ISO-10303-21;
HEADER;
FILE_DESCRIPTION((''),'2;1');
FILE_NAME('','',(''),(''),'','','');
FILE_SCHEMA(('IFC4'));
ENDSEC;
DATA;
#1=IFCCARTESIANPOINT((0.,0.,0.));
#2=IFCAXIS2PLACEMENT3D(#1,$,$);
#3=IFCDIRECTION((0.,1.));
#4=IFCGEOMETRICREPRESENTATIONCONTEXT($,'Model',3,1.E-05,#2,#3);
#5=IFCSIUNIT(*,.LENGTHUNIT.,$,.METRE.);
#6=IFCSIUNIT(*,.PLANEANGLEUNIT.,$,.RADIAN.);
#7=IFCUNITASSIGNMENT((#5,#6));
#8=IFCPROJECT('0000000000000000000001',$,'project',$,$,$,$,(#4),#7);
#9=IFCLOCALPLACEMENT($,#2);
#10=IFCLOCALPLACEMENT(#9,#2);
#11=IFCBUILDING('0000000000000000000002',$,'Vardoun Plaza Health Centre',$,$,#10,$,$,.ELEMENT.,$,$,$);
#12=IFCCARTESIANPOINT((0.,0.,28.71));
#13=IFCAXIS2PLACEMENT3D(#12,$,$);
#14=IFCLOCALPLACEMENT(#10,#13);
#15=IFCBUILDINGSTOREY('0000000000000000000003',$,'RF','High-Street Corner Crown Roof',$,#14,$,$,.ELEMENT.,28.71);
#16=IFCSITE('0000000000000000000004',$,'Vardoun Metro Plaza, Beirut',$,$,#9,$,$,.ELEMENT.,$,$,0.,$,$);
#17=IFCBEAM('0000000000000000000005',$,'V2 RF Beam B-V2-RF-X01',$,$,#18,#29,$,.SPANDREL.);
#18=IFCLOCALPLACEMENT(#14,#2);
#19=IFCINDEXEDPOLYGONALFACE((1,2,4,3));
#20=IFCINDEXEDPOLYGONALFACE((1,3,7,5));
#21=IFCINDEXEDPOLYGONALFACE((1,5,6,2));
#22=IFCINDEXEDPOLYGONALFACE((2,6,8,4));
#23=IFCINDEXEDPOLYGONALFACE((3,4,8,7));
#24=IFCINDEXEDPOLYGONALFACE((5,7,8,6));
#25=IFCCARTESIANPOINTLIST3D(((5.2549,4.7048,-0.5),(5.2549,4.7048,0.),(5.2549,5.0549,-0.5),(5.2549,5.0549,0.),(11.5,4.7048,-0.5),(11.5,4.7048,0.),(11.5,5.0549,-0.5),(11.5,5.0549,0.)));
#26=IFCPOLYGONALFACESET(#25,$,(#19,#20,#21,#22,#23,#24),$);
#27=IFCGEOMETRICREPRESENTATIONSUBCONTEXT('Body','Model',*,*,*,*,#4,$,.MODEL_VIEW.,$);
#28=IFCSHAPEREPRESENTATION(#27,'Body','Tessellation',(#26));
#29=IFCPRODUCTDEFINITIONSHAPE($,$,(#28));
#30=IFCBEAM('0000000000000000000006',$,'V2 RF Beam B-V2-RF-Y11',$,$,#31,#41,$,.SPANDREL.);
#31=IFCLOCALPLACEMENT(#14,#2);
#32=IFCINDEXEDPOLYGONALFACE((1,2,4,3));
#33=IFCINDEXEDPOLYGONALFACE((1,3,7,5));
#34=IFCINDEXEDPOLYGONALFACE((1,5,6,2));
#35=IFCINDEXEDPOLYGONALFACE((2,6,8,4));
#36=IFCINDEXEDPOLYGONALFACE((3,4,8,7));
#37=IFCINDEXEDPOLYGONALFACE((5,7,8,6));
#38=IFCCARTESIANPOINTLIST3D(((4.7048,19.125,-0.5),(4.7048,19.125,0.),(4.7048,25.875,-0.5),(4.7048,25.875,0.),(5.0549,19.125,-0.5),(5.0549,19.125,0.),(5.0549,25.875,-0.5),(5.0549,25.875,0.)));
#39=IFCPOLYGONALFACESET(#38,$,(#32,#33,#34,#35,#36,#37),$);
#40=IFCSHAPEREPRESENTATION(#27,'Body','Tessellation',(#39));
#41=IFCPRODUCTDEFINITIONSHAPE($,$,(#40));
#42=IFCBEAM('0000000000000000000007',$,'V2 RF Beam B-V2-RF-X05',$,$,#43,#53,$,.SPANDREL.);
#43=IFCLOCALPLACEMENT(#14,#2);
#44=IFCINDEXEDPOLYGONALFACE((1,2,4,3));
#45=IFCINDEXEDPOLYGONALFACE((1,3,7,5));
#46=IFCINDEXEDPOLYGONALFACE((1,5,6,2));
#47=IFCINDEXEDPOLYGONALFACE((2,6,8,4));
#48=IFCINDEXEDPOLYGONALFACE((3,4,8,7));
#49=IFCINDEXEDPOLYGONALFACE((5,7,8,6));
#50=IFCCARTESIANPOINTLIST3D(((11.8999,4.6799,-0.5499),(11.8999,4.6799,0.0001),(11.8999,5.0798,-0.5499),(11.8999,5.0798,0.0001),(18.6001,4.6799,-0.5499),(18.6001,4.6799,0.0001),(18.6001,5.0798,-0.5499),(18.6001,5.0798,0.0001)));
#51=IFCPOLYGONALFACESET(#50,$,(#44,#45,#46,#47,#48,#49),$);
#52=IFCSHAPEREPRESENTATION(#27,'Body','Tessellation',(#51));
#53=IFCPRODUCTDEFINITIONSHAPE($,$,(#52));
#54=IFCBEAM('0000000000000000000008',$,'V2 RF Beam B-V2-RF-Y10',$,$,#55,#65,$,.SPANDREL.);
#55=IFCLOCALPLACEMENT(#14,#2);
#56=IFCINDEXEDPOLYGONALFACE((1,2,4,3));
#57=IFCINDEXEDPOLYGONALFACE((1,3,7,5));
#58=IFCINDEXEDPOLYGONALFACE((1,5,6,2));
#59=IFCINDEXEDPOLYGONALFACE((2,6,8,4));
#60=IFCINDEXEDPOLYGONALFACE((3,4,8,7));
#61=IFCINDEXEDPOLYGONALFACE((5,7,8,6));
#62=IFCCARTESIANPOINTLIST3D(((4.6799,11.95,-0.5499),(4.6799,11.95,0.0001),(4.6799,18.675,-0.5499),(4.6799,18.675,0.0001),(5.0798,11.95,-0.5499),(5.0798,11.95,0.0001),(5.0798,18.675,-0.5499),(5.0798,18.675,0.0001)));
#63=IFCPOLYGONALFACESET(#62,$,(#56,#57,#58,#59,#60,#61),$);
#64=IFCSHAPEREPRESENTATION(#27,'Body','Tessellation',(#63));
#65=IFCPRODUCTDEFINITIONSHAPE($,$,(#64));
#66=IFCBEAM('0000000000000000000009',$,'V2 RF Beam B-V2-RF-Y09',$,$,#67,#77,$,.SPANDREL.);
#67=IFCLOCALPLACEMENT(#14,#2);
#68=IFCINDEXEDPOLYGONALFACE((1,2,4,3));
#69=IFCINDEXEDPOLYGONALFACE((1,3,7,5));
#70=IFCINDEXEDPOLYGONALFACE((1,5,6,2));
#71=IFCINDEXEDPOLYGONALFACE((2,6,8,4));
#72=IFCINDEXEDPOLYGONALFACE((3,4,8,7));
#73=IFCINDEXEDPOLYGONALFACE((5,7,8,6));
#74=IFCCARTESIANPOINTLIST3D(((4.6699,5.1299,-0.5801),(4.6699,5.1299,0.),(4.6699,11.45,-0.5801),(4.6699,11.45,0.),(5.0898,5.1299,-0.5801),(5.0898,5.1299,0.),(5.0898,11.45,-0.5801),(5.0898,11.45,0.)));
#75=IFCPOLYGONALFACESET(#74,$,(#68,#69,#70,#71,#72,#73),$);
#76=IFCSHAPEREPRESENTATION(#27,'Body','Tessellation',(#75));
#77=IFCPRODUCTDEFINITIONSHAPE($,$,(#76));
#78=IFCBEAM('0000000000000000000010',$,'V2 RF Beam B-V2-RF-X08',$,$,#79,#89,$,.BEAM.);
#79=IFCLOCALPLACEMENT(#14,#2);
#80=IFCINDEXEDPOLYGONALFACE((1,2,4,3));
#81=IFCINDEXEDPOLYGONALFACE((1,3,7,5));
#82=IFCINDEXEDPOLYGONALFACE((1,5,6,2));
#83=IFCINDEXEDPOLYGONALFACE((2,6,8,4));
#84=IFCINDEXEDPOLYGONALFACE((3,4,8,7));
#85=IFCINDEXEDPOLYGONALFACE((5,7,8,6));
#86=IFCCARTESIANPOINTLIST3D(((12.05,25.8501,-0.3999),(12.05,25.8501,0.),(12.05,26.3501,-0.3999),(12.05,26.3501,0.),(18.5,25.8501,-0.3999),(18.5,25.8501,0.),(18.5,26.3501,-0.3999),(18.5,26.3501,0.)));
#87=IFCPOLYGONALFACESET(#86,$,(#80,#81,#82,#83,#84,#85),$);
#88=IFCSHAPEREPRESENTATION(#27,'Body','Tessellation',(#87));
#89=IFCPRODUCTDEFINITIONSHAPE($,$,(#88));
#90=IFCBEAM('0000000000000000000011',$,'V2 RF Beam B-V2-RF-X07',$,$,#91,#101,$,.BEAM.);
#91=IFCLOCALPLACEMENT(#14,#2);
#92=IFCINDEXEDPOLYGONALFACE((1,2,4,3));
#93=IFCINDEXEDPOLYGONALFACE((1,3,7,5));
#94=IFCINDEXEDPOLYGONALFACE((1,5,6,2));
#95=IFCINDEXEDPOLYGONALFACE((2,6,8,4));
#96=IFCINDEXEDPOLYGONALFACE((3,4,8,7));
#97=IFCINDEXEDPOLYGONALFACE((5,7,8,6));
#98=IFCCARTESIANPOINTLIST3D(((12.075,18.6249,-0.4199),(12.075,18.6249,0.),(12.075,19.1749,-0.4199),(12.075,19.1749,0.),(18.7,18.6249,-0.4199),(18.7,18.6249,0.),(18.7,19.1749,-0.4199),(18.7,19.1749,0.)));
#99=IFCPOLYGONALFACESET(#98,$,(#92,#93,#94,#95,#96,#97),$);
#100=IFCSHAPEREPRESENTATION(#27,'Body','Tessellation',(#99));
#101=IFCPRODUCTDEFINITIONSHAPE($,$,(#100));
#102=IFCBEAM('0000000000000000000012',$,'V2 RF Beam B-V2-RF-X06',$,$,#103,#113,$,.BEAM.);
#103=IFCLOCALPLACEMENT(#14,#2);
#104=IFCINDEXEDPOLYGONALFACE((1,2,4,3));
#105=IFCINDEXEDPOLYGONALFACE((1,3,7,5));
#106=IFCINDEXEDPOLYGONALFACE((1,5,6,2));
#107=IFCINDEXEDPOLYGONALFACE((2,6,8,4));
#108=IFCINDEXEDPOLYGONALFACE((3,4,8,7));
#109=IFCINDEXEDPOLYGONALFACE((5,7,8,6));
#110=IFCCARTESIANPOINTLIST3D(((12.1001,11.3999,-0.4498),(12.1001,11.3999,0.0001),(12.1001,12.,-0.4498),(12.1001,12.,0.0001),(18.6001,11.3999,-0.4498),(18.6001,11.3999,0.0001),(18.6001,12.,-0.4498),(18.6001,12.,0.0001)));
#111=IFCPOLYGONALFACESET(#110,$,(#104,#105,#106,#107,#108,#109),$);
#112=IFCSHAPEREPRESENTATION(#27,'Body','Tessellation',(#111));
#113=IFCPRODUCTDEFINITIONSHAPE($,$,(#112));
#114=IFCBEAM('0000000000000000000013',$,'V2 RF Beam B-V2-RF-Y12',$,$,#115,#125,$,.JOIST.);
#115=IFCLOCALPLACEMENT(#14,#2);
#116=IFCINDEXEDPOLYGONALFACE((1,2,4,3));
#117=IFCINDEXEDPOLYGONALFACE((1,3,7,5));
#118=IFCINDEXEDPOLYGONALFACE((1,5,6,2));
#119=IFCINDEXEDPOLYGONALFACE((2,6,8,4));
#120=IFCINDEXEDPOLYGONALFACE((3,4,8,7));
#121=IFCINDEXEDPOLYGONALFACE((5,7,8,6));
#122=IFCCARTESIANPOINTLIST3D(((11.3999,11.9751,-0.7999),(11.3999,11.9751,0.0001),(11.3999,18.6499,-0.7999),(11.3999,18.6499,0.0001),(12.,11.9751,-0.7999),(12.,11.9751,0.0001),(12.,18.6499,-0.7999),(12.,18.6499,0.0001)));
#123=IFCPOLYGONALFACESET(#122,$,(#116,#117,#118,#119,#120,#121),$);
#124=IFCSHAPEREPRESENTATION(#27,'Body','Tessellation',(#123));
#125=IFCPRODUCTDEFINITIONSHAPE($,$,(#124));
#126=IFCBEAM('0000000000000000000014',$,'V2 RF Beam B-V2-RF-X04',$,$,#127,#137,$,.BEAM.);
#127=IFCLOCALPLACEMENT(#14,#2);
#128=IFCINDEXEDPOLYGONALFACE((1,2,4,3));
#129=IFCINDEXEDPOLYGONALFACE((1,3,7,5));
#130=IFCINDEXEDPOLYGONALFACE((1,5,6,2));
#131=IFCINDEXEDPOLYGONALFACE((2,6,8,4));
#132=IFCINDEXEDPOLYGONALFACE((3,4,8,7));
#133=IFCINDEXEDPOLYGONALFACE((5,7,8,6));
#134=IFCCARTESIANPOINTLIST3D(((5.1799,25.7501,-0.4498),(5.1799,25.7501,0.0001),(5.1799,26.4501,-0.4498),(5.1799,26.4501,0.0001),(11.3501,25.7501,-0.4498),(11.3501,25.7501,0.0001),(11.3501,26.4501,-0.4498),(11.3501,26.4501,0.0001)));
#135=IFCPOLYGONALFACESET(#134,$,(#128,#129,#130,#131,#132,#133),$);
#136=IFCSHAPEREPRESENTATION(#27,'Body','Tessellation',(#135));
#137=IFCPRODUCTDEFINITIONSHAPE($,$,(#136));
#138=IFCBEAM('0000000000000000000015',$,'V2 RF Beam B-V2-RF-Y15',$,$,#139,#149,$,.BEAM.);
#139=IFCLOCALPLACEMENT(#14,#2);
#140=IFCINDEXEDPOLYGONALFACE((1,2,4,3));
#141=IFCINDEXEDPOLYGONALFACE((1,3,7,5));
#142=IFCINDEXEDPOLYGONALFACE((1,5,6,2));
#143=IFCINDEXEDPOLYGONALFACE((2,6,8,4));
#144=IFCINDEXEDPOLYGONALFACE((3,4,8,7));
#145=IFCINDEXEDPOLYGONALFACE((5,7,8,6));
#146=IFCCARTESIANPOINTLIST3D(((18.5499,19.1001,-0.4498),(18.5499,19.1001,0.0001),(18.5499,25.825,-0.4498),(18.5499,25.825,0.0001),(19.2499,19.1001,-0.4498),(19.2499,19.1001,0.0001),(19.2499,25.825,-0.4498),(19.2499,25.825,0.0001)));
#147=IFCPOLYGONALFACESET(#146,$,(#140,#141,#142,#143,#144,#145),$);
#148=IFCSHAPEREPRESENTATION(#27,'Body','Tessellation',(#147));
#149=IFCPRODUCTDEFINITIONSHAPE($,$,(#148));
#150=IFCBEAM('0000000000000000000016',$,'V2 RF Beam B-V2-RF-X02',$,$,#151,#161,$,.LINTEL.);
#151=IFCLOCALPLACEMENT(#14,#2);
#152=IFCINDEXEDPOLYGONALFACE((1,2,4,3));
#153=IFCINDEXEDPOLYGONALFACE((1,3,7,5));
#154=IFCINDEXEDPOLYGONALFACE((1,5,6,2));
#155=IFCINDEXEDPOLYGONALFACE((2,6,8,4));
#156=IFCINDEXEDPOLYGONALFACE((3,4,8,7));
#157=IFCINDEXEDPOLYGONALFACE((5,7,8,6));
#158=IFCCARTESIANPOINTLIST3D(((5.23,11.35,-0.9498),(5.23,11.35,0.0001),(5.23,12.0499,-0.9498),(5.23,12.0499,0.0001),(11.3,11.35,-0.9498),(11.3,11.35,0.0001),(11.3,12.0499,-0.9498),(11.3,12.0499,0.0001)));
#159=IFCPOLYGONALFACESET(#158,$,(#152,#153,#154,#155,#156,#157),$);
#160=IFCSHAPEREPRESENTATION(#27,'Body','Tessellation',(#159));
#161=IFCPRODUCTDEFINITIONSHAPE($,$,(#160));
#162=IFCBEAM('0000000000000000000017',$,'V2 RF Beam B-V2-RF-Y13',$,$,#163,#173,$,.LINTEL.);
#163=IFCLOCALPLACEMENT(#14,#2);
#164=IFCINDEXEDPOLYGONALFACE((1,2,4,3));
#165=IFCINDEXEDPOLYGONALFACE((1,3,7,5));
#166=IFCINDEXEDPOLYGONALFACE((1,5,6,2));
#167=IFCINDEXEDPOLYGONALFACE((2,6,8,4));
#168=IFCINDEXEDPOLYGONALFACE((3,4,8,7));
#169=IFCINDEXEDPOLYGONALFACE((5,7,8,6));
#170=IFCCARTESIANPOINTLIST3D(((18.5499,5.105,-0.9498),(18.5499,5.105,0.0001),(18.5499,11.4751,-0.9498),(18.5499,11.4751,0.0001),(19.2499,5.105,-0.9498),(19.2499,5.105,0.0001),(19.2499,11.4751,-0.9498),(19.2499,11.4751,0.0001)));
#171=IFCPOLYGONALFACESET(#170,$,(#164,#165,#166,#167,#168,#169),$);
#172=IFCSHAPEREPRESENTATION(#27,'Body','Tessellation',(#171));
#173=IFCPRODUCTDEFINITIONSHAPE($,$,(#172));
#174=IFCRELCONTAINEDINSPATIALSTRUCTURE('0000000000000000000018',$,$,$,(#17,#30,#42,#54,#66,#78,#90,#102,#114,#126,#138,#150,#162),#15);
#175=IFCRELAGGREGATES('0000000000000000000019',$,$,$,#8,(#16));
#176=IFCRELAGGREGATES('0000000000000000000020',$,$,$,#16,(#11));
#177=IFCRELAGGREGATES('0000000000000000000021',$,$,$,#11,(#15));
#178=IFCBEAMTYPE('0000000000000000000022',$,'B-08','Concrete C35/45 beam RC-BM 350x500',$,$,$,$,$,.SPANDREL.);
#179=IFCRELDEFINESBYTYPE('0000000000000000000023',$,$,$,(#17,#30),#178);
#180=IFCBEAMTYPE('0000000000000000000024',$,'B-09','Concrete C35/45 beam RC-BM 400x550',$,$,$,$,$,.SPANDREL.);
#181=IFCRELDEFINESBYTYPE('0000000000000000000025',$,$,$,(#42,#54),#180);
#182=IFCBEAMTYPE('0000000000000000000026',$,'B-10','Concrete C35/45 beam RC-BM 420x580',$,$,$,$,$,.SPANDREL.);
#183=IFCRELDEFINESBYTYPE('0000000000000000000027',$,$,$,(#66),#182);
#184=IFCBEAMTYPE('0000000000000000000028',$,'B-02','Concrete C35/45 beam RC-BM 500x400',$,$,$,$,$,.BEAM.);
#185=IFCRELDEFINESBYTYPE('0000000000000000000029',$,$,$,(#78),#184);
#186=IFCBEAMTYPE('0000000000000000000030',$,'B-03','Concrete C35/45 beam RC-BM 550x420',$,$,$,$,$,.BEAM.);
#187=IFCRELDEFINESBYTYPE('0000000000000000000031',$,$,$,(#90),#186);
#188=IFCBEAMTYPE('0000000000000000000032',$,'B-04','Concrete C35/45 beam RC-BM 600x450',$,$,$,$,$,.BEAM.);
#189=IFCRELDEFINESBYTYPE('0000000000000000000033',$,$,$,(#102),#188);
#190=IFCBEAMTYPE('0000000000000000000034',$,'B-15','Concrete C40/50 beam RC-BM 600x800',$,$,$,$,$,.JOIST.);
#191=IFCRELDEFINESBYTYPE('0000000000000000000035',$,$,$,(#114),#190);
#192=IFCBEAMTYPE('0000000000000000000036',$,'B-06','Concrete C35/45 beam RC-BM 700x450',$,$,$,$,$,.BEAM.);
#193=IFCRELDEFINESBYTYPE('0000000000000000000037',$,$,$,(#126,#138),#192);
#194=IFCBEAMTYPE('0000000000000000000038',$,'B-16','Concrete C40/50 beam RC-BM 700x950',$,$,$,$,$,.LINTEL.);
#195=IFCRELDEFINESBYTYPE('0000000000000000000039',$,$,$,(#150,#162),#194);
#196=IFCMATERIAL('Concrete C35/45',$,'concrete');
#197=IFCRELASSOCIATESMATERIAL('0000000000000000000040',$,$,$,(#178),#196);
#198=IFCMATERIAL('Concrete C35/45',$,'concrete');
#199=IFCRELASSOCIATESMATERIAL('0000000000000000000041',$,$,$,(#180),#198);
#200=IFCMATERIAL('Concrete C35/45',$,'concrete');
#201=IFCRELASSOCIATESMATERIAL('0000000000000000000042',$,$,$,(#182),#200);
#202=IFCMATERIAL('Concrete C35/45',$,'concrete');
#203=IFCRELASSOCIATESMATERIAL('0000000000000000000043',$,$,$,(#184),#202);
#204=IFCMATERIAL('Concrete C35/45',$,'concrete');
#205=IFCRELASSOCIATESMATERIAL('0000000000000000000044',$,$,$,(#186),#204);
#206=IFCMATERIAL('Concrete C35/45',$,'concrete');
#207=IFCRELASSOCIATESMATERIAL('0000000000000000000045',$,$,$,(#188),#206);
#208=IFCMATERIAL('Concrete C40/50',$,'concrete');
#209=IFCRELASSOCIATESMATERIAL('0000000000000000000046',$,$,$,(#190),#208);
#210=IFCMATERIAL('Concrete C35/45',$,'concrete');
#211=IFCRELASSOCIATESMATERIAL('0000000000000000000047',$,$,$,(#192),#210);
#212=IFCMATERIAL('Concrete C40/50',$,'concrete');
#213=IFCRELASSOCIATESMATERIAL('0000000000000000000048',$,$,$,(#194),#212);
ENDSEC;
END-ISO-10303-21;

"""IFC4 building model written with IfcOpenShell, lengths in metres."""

from ifc_helpers import new_model, si_unit, direction, frame, origin, origin_2d, place, context, subcontext, project, spatial, rectangle, extrude, material, material_profile, profile_set, type_object, element, save


model = new_model("IFC4")

# Units and contexts
model_context = context("Model", 3, precision=1e-05, world=origin(), true_north=direction((0.0, 1.0)))
body_context = subcontext(model_context, "Body", "Model", "MODEL_VIEW")
ifc_project = project(units=[si_unit("LENGTHUNIT", "METRE"), si_unit("PLANEANGLEUNIT", "RADIAN")], contexts=[model_context])

# Site, building, storey
site_placement = place(None, origin())
site = spatial("IfcSite", under=ifc_project, at=site_placement, Name="Vardoun Metro Plaza, Beirut", CompositionType="ELEMENT", RefElevation=0.0)
building_placement = place(site_placement, origin())
building = spatial("IfcBuilding", under=site, at=building_placement, Name="Vardoun Plaza Health Centre", CompositionType="ELEMENT")
storey_placement = place(building_placement, frame((0.0, 0.0, 28.71)))
storey = spatial("IfcBuildingStorey", under=building, at=storey_placement, Name="RF", Description="High-Street Corner Crown Roof", CompositionType="ELEMENT", Elevation=28.71)

# Beams
ifc_material_1 = material(Name="Concrete C35/45", Category="concrete")
ifc_material_profile_1 = material_profile(ifc_material_1, rectangle(XDim=0.3501, YDim=0.5, at=origin_2d()), Name="RC-BM 350x500")
ifc_profile_set_1 = profile_set([ifc_material_profile_1], Name="Concrete C35/45")
beam_type_1 = type_object("IfcBeamType", Name="B-08", Description="Concrete C35/45 beam RC-BM 350x500", PredefinedType="SPANDREL", material=ifc_profile_set_1)
beam_1_placement = place(storey_placement, frame((5.2549, 4.8799, -0.25), z_axis=(1.0, 0.0, 0.0), x_axis=(0.0, 1.0, 0.0)))
element("IfcBeam", 1, at=beam_1_placement, inside=storey, type_object=beam_type_1, Name="V2 RF Beam B-V2-RF-X01", PredefinedType="SPANDREL", context=body_context, shape_type="SweptSolid", body=[
    extrude(rectangle(XDim=0.3501, YDim=0.5, at=origin_2d()), origin(), (0.0, 0.0, 1.0), 6.2451),
])
beam_2_placement = place(storey_placement, frame((4.8799, 19.125, -0.25), z_axis=(0.0, 1.0, 0.0), x_axis=(-1.0, 0.0, 0.0)))
element("IfcBeam", 2, at=beam_2_placement, inside=storey, type_object=beam_type_1, Name="V2 RF Beam B-V2-RF-Y11", PredefinedType="SPANDREL", context=body_context, shape_type="SweptSolid", body=[
    extrude(rectangle(XDim=0.3501, YDim=0.5, at=origin_2d()), origin(), (0.0, 0.0, 1.0), 6.75),
])
ifc_material_2 = material(Name="Concrete C35/45", Category="concrete")
ifc_material_profile_2 = material_profile(ifc_material_2, rectangle(XDim=0.3999, YDim=0.55, at=origin_2d()), Name="RC-BM 400x550")
ifc_profile_set_2 = profile_set([ifc_material_profile_2], Name="Concrete C35/45")
beam_type_2 = type_object("IfcBeamType", Name="B-09", Description="Concrete C35/45 beam RC-BM 400x550", PredefinedType="SPANDREL", material=ifc_profile_set_2)
beam_3_placement = place(storey_placement, frame((11.8999, 4.8799, -0.2749), z_axis=(1.0, 0.0, 0.0), x_axis=(0.0, 1.0, 0.0)))
element("IfcBeam", 3, at=beam_3_placement, inside=storey, type_object=beam_type_2, Name="V2 RF Beam B-V2-RF-X05", PredefinedType="SPANDREL", context=body_context, shape_type="SweptSolid", body=[
    extrude(rectangle(XDim=0.3999, YDim=0.55, at=origin_2d()), origin(), (0.0, 0.0, 1.0), 6.7002),
])
beam_4_placement = place(storey_placement, frame((4.8799, 11.95, -0.2749), z_axis=(0.0, 1.0, 0.0), x_axis=(-1.0, 0.0, 0.0)))
element("IfcBeam", 4, at=beam_4_placement, inside=storey, type_object=beam_type_2, Name="V2 RF Beam B-V2-RF-Y10", PredefinedType="SPANDREL", context=body_context, shape_type="SweptSolid", body=[
    extrude(rectangle(XDim=0.3999, YDim=0.55, at=origin_2d()), origin(), (0.0, 0.0, 1.0), 6.7251),
])
ifc_material_3 = material(Name="Concrete C35/45", Category="concrete")
ifc_material_profile_3 = material_profile(ifc_material_3, rectangle(XDim=0.4199, YDim=0.5801, at=origin_2d()), Name="RC-BM 420x580")
ifc_profile_set_3 = profile_set([ifc_material_profile_3], Name="Concrete C35/45")
beam_type_3 = type_object("IfcBeamType", Name="B-10", Description="Concrete C35/45 beam RC-BM 420x580", PredefinedType="SPANDREL", material=ifc_profile_set_3)
beam_5_placement = place(storey_placement, frame((4.8799, 5.1299, -0.29), z_axis=(0.0, 1.0, 0.0), x_axis=(-1.0, 0.0, 0.0)))
element("IfcBeam", 5, at=beam_5_placement, inside=storey, type_object=beam_type_3, Name="V2 RF Beam B-V2-RF-Y09", PredefinedType="SPANDREL", context=body_context, shape_type="SweptSolid", body=[
    extrude(rectangle(XDim=0.4199, YDim=0.5801, at=origin_2d()), origin(), (0.0, 0.0, 1.0), 6.3201),
])
ifc_material_4 = material(Name="Concrete C35/45", Category="concrete")
ifc_material_profile_4 = material_profile(ifc_material_4, rectangle(XDim=0.5, YDim=0.3999, at=origin_2d()), Name="RC-BM 500x400")
ifc_profile_set_4 = profile_set([ifc_material_profile_4], Name="Concrete C35/45")
beam_type_4 = type_object("IfcBeamType", Name="B-02", Description="Concrete C35/45 beam RC-BM 500x400", PredefinedType="BEAM", material=ifc_profile_set_4)
beam_6_placement = place(storey_placement, frame((12.05, 26.1001, -0.2), z_axis=(1.0, 0.0, 0.0), x_axis=(0.0, 1.0, 0.0)))
element("IfcBeam", 6, at=beam_6_placement, inside=storey, type_object=beam_type_4, Name="V2 RF Beam B-V2-RF-X08", PredefinedType="BEAM", context=body_context, shape_type="SweptSolid", body=[
    extrude(rectangle(XDim=0.5, YDim=0.3999, at=origin_2d()), origin(), (0.0, 0.0, 1.0), 6.45),
])
ifc_material_5 = material(Name="Concrete C35/45", Category="concrete")
ifc_material_profile_5 = material_profile(ifc_material_5, rectangle(XDim=0.55, YDim=0.4199, at=origin_2d()), Name="RC-BM 550x420")
ifc_profile_set_5 = profile_set([ifc_material_profile_5], Name="Concrete C35/45")
beam_type_5 = type_object("IfcBeamType", Name="B-03", Description="Concrete C35/45 beam RC-BM 550x420", PredefinedType="BEAM", material=ifc_profile_set_5)
beam_7_placement = place(storey_placement, frame((12.075, 18.8999, -0.21), z_axis=(1.0, 0.0, 0.0), x_axis=(0.0, 1.0, 0.0)))
element("IfcBeam", 7, at=beam_7_placement, inside=storey, type_object=beam_type_5, Name="V2 RF Beam B-V2-RF-X07", PredefinedType="BEAM", context=body_context, shape_type="SweptSolid", body=[
    extrude(rectangle(XDim=0.55, YDim=0.4199, at=origin_2d()), origin(), (0.0, 0.0, 1.0), 6.625),
])
ifc_material_6 = material(Name="Concrete C35/45", Category="concrete")
ifc_material_profile_6 = material_profile(ifc_material_6, rectangle(XDim=0.6001, YDim=0.45, at=origin_2d()), Name="RC-BM 600x450")
ifc_profile_set_6 = profile_set([ifc_material_profile_6], Name="Concrete C35/45")
beam_type_6 = type_object("IfcBeamType", Name="B-04", Description="Concrete C35/45 beam RC-BM 600x450", PredefinedType="BEAM", material=ifc_profile_set_6)
beam_8_placement = place(storey_placement, frame((12.1001, 11.7, -0.2249), z_axis=(1.0, 0.0, 0.0), x_axis=(0.0, 1.0, 0.0)))
element("IfcBeam", 8, at=beam_8_placement, inside=storey, type_object=beam_type_6, Name="V2 RF Beam B-V2-RF-X06", PredefinedType="BEAM", context=body_context, shape_type="SweptSolid", body=[
    extrude(rectangle(XDim=0.6001, YDim=0.45, at=origin_2d()), origin(), (0.0, 0.0, 1.0), 6.5),
])
ifc_material_7 = material(Name="Concrete C40/50", Category="concrete")
ifc_material_profile_7 = material_profile(ifc_material_7, rectangle(XDim=0.6001, YDim=0.8, at=origin_2d()), Name="RC-BM 600x800")
ifc_profile_set_7 = profile_set([ifc_material_profile_7], Name="Concrete C40/50")
beam_type_7 = type_object("IfcBeamType", Name="B-15", Description="Concrete C40/50 beam RC-BM 600x800", PredefinedType="JOIST", material=ifc_profile_set_7)
beam_9_placement = place(storey_placement, frame((11.7, 11.9751, -0.3999), z_axis=(0.0, 1.0, 0.0), x_axis=(-1.0, 0.0, 0.0)))
element("IfcBeam", 9, at=beam_9_placement, inside=storey, type_object=beam_type_7, Name="V2 RF Beam B-V2-RF-Y12", PredefinedType="JOIST", context=body_context, shape_type="SweptSolid", body=[
    extrude(rectangle(XDim=0.6001, YDim=0.8, at=origin_2d()), origin(), (0.0, 0.0, 1.0), 6.6748),
])
ifc_material_8 = material(Name="Concrete C35/45", Category="concrete")
ifc_material_profile_8 = material_profile(ifc_material_8, rectangle(XDim=0.7, YDim=0.45, at=origin_2d()), Name="RC-BM 700x450")
ifc_profile_set_8 = profile_set([ifc_material_profile_8], Name="Concrete C35/45")
beam_type_8 = type_object("IfcBeamType", Name="B-06", Description="Concrete C35/45 beam RC-BM 700x450", PredefinedType="BEAM", material=ifc_profile_set_8)
beam_10_placement = place(storey_placement, frame((5.1799, 26.1001, -0.2249), z_axis=(1.0, 0.0, 0.0), x_axis=(0.0, 1.0, 0.0)))
element("IfcBeam", 10, at=beam_10_placement, inside=storey, type_object=beam_type_8, Name="V2 RF Beam B-V2-RF-X04", PredefinedType="BEAM", context=body_context, shape_type="SweptSolid", body=[
    extrude(rectangle(XDim=0.7, YDim=0.45, at=origin_2d()), origin(), (0.0, 0.0, 1.0), 6.1702),
])
beam_11_placement = place(storey_placement, frame((18.8999, 19.1001, -0.2249), z_axis=(0.0, 1.0, 0.0), x_axis=(-1.0, 0.0, 0.0)))
element("IfcBeam", 11, at=beam_11_placement, inside=storey, type_object=beam_type_8, Name="V2 RF Beam B-V2-RF-Y15", PredefinedType="BEAM", context=body_context, shape_type="SweptSolid", body=[
    extrude(rectangle(XDim=0.7, YDim=0.45, at=origin_2d()), origin(), (0.0, 0.0, 1.0), 6.7249),
])
ifc_material_9 = material(Name="Concrete C40/50", Category="concrete")
ifc_material_profile_9 = material_profile(ifc_material_9, rectangle(XDim=0.7, YDim=0.95, at=origin_2d()), Name="RC-BM 700x950")
ifc_profile_set_9 = profile_set([ifc_material_profile_9], Name="Concrete C40/50")
beam_type_9 = type_object("IfcBeamType", Name="B-16", Description="Concrete C40/50 beam RC-BM 700x950", PredefinedType="LINTEL", material=ifc_profile_set_9)
beam_12_placement = place(storey_placement, frame((5.23, 11.7, -0.4749), z_axis=(1.0, 0.0, 0.0), x_axis=(0.0, 1.0, 0.0)))
element("IfcBeam", 12, at=beam_12_placement, inside=storey, type_object=beam_type_9, Name="V2 RF Beam B-V2-RF-X02", PredefinedType="LINTEL", context=body_context, shape_type="SweptSolid", body=[
    extrude(rectangle(XDim=0.7, YDim=0.95, at=origin_2d()), origin(), (0.0, 0.0, 1.0), 6.0701),
])
beam_13_placement = place(storey_placement, frame((18.8999, 5.105, -0.4749), z_axis=(0.0, 1.0, 0.0), x_axis=(-1.0, 0.0, 0.0)))
element("IfcBeam", 13, at=beam_13_placement, inside=storey, type_object=beam_type_9, Name="V2 RF Beam B-V2-RF-Y13", PredefinedType="LINTEL", context=body_context, shape_type="SweptSolid", body=[
    extrude(rectangle(XDim=0.7, YDim=0.95, at=origin_2d()), origin(), (0.0, 0.0, 1.0), 6.3701),
])

save(model, "model.ifc")
